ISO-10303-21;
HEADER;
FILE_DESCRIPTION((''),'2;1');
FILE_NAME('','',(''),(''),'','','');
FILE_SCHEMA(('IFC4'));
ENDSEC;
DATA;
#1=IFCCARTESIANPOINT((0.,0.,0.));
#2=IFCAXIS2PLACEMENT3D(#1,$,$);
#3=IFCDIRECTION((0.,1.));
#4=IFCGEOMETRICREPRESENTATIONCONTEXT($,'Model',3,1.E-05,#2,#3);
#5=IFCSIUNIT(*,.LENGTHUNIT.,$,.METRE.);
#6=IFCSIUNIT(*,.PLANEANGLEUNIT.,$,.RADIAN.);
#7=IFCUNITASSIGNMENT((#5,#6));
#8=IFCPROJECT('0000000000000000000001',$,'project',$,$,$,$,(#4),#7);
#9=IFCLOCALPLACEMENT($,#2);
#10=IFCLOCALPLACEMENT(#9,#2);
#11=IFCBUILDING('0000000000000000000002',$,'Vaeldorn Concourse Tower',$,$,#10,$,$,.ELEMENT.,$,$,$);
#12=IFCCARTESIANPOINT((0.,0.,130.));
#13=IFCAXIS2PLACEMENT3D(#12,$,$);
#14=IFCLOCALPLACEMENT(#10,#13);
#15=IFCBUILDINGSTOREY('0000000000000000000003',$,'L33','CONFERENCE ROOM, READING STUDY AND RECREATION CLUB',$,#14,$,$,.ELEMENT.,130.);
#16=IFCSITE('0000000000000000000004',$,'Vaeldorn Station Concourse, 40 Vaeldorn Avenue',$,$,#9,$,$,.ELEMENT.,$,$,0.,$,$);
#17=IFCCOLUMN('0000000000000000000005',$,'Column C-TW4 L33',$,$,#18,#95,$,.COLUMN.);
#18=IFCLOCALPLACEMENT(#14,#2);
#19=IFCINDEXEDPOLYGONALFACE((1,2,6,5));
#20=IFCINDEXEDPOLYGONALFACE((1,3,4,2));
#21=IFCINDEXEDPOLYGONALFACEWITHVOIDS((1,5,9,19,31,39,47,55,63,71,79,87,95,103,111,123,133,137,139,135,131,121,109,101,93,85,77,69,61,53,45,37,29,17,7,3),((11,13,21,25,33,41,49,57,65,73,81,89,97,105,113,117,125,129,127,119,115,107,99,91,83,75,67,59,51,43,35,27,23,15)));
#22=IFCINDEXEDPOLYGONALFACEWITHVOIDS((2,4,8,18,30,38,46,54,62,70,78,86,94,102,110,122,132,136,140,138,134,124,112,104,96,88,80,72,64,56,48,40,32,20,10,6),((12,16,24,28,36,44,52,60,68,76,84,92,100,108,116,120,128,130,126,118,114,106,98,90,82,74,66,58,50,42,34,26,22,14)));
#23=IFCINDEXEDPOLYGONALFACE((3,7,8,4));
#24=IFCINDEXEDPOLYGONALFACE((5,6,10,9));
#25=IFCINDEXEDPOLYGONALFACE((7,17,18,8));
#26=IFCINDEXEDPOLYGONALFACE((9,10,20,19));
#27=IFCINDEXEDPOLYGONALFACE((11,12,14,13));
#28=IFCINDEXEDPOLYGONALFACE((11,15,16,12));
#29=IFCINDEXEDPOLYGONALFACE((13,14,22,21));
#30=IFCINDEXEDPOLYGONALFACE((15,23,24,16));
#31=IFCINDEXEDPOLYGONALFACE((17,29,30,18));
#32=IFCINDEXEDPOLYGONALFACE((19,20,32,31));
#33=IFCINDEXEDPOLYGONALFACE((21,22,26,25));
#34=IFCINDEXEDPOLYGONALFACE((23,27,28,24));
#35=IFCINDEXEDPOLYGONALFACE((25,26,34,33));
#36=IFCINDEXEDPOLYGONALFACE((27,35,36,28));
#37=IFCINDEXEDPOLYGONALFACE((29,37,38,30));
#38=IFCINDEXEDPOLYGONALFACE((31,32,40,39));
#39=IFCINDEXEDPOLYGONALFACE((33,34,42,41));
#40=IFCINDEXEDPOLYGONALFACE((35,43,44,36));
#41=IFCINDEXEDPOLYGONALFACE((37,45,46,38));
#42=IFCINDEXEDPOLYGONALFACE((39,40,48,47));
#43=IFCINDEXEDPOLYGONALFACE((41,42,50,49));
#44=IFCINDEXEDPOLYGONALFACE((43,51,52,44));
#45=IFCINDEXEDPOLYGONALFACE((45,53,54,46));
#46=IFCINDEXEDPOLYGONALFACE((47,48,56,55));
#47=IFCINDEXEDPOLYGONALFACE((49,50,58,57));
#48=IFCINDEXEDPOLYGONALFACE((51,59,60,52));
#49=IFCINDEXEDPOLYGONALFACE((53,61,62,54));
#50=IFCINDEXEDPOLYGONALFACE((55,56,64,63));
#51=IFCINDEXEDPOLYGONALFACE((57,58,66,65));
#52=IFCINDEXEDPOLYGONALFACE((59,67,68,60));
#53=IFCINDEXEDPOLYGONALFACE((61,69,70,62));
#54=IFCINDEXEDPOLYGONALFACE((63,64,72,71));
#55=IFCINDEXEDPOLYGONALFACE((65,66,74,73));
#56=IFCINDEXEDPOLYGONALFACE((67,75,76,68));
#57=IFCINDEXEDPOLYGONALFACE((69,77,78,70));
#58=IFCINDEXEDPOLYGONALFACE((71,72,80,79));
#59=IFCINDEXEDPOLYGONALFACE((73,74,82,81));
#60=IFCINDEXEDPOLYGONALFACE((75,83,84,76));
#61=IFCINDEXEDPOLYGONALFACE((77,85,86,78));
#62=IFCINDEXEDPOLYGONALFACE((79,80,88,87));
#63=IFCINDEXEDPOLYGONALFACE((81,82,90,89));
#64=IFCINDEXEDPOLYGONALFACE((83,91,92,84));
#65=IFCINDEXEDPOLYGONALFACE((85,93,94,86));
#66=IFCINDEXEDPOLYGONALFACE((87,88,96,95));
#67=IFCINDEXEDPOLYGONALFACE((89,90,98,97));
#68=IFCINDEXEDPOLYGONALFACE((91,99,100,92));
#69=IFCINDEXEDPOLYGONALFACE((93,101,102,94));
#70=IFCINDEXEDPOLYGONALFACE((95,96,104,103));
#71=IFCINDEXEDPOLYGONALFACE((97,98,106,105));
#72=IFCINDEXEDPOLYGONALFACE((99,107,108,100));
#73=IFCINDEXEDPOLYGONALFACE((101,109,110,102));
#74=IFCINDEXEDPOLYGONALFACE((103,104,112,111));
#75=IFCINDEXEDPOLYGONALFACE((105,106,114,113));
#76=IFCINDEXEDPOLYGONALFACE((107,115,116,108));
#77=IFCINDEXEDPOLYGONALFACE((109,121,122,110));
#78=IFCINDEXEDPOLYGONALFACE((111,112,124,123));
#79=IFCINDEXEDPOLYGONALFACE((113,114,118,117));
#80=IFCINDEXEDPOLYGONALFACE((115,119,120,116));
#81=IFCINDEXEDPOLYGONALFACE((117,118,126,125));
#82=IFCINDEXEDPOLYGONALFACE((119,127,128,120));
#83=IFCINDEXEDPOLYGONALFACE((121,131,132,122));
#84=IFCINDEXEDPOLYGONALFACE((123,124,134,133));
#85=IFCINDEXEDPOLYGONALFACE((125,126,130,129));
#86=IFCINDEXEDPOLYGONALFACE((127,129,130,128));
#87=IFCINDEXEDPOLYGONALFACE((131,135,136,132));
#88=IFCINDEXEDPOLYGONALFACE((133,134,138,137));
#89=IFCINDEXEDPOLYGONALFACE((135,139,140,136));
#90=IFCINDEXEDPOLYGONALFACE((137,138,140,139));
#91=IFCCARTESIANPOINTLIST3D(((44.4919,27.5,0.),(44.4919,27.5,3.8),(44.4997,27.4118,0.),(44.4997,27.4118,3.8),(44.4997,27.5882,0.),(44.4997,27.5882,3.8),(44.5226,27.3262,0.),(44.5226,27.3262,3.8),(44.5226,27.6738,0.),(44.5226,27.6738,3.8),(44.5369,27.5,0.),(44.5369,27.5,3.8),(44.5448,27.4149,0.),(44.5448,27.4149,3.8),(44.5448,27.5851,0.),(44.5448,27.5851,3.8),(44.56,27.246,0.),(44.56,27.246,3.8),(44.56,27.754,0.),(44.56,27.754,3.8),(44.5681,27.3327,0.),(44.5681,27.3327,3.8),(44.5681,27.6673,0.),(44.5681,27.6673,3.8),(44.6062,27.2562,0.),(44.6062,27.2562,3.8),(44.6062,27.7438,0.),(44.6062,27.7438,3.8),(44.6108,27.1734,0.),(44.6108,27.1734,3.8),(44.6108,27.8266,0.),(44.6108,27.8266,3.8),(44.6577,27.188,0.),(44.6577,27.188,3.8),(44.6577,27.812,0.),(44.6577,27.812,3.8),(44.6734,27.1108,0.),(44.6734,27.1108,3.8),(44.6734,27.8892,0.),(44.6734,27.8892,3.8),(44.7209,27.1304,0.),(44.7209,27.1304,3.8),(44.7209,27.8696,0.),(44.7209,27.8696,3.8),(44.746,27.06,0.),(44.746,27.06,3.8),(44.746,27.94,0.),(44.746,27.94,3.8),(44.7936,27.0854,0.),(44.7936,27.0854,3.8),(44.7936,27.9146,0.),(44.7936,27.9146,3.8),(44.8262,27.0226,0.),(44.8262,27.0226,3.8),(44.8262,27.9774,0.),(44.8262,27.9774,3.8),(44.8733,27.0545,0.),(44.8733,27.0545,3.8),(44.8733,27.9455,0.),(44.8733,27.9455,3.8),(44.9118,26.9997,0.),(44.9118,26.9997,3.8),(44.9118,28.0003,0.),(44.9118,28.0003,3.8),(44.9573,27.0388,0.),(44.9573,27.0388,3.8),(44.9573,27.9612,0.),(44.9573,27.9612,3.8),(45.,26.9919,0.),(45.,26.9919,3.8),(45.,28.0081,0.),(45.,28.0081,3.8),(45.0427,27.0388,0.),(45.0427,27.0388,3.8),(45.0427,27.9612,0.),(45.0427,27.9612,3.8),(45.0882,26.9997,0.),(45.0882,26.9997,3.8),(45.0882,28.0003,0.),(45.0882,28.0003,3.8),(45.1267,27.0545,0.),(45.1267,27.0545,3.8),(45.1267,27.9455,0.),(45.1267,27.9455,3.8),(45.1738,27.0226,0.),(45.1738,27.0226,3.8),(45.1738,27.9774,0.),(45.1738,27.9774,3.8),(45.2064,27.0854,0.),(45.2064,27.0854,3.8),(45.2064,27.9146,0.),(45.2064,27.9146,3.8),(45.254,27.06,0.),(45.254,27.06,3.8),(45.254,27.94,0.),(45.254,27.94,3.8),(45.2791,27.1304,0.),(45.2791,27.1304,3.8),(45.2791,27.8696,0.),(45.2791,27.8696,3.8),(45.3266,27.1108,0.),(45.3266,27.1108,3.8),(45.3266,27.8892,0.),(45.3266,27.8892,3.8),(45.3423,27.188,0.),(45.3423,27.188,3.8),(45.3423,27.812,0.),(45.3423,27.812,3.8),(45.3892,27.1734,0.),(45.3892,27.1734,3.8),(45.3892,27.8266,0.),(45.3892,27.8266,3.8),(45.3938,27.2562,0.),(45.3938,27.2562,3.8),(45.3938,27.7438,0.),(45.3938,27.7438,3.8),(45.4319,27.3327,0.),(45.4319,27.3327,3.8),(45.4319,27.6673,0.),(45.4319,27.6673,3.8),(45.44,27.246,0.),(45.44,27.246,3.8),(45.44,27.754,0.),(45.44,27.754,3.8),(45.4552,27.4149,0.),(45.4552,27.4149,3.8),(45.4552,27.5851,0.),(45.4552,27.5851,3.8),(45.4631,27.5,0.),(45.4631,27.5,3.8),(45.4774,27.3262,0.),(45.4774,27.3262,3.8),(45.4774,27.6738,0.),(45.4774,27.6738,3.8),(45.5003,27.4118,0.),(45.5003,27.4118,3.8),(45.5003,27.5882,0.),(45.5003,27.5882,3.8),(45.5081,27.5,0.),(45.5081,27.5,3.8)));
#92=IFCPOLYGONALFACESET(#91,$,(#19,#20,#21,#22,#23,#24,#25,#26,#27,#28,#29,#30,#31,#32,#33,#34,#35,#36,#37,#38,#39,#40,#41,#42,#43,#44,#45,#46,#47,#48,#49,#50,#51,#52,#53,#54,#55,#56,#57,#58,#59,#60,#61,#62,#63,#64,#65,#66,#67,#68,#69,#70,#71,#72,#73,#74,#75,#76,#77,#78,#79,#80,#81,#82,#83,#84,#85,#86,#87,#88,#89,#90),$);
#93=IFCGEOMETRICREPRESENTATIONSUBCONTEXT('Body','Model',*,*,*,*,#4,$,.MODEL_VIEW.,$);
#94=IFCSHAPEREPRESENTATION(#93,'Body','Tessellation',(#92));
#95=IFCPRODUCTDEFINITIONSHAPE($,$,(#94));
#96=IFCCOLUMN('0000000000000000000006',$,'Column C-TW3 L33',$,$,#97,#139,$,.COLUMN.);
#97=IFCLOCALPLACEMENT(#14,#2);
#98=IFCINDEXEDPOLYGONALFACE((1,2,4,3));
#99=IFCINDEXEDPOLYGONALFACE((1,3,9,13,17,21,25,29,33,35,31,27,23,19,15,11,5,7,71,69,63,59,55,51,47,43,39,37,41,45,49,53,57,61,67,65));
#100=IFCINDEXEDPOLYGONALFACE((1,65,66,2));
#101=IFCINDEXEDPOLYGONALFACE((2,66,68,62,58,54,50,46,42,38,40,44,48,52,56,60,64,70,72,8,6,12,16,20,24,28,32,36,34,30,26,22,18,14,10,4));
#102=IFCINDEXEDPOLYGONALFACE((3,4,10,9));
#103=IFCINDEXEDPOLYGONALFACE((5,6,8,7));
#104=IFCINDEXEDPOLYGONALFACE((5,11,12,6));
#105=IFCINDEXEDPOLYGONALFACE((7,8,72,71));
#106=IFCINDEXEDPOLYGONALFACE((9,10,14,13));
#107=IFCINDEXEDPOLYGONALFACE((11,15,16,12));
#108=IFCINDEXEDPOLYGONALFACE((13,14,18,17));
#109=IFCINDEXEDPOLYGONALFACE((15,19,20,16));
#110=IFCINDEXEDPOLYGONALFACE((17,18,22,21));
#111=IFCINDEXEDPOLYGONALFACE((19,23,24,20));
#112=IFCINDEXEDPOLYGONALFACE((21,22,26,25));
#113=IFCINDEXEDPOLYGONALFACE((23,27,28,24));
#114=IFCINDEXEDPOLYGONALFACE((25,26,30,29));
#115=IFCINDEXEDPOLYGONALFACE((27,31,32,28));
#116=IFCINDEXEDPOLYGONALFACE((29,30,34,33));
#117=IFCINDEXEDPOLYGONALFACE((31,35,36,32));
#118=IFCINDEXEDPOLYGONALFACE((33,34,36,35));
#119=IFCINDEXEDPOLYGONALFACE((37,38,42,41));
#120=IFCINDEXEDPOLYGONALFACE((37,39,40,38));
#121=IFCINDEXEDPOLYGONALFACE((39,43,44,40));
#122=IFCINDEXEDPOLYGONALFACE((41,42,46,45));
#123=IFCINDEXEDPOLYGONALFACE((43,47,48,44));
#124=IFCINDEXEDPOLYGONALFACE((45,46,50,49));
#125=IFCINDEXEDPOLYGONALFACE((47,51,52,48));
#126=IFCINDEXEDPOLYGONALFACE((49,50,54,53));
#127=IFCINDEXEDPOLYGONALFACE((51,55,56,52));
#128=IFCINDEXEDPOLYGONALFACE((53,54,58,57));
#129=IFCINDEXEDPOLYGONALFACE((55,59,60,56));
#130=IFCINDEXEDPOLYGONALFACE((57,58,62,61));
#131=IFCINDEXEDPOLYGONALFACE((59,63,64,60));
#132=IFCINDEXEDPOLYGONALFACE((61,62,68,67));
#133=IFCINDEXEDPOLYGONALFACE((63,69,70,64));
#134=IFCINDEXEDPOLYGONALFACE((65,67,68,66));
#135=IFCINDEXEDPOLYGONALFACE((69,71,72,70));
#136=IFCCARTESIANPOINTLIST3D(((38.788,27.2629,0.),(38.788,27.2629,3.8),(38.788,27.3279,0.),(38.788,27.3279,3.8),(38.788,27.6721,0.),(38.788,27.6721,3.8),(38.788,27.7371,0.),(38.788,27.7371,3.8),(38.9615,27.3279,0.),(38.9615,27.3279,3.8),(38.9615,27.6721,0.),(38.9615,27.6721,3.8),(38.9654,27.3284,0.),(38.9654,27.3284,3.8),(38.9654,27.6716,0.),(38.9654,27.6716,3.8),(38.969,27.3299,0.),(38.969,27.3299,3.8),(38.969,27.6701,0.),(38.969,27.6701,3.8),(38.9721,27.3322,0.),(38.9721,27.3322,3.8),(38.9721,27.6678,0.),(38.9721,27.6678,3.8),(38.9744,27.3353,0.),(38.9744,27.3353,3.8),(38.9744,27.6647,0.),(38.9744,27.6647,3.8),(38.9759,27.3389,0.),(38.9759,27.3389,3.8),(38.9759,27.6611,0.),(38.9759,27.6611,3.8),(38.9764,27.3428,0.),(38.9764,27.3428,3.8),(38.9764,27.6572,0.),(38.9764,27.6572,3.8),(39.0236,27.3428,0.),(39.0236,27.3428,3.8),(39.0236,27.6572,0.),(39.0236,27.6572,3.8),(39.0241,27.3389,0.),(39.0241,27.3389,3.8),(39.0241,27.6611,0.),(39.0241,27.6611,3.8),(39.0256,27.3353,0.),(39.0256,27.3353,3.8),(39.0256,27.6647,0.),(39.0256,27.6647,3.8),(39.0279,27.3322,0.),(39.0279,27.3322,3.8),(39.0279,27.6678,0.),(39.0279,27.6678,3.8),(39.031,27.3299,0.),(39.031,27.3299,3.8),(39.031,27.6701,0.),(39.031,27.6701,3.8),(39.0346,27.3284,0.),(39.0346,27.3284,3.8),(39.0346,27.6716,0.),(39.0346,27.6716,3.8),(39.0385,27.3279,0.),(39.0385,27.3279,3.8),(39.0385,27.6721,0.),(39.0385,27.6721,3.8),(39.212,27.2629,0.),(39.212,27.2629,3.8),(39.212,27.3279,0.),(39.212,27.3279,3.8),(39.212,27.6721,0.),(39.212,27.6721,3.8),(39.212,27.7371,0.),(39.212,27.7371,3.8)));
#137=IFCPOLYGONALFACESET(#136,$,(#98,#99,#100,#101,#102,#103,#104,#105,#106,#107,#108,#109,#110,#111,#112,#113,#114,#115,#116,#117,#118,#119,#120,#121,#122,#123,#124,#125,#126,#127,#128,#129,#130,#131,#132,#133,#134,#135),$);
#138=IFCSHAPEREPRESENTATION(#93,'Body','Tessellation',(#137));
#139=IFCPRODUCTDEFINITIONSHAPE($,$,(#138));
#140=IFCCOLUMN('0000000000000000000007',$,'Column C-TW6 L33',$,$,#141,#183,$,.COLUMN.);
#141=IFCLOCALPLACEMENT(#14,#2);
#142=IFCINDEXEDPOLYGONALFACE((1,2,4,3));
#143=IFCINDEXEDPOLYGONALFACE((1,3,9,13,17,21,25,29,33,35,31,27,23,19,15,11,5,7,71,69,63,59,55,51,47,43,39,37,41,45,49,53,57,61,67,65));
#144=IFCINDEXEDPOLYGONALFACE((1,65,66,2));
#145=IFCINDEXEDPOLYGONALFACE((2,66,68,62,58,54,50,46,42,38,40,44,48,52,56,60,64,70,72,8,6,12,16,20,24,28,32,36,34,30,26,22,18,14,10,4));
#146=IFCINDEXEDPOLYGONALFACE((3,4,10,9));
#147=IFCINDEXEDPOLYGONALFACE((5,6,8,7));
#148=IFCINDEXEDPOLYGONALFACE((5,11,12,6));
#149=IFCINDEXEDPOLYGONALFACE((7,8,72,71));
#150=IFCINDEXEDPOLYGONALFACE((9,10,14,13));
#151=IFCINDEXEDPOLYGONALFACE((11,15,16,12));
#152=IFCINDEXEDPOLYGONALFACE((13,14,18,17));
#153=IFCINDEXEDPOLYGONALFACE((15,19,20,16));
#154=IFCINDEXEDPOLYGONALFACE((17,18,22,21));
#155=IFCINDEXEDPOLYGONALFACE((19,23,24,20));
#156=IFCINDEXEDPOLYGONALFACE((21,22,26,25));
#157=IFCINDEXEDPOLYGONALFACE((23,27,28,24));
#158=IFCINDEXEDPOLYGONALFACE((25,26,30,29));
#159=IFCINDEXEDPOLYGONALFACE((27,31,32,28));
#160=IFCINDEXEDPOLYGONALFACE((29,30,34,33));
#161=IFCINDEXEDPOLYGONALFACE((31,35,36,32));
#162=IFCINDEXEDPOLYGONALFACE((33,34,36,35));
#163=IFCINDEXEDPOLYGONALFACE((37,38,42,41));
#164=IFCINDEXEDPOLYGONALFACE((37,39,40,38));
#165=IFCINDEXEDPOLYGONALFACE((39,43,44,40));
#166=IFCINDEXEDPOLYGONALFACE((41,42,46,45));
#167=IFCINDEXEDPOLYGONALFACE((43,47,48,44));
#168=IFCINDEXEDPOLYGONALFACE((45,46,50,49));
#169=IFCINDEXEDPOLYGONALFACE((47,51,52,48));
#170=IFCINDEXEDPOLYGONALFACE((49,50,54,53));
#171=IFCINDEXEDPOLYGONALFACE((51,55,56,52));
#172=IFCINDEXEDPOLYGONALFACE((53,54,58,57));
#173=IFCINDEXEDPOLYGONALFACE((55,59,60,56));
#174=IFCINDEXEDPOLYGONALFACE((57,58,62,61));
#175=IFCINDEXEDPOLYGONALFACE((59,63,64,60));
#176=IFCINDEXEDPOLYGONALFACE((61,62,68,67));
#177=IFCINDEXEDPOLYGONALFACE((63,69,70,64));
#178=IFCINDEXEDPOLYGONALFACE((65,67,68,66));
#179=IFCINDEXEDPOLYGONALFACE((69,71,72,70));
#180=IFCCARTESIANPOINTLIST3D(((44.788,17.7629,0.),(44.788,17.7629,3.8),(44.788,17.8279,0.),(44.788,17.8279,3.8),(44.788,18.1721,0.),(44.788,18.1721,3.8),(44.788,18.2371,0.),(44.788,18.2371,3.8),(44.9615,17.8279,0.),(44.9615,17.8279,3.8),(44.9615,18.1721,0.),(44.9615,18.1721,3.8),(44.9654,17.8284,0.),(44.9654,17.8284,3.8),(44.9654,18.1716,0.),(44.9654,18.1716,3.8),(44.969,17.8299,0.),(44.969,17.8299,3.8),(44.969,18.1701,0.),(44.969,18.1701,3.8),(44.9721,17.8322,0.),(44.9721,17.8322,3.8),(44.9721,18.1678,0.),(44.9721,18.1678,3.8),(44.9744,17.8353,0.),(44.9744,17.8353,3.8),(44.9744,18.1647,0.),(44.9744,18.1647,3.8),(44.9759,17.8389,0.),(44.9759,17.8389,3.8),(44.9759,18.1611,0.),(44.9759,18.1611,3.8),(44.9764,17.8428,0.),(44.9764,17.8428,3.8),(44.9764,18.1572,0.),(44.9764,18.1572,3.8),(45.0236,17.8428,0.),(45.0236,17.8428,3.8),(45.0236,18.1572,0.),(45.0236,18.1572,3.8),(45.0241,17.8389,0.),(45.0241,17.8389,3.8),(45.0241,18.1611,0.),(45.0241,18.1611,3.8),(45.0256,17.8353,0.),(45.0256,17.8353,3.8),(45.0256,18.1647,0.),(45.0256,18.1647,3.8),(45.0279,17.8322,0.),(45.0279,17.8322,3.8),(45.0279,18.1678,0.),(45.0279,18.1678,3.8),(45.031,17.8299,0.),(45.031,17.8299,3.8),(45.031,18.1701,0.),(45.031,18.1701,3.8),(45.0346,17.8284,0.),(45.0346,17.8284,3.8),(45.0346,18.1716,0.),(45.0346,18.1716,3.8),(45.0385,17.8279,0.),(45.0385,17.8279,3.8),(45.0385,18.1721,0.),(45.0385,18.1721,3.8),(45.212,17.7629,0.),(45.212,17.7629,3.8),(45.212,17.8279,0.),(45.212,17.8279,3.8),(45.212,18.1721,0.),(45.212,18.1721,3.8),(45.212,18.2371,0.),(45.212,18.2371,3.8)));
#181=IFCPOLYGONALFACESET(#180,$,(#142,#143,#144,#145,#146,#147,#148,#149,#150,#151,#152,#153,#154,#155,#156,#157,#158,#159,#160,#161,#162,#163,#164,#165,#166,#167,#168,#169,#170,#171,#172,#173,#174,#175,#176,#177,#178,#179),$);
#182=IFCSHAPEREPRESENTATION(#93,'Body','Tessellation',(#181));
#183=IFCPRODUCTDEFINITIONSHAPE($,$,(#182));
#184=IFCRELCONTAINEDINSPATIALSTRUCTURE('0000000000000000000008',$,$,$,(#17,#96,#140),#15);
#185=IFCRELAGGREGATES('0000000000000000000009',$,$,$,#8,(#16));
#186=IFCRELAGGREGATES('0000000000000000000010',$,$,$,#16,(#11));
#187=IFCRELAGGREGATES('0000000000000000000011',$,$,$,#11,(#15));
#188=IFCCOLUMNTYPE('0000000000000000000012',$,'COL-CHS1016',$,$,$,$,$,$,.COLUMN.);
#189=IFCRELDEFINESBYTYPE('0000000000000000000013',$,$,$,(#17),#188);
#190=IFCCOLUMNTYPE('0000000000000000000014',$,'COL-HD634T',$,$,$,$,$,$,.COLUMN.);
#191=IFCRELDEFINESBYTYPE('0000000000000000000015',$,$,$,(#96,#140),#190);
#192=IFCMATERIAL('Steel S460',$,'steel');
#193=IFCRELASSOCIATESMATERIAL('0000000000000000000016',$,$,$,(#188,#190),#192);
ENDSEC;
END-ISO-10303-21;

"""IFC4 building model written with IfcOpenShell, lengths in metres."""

from ifc_helpers import new_model, si_unit, direction, frame, origin, origin_2d, place, context, subcontext, project, spatial, hollow_circle, i_section, extrude, source, transform, mapped, material, material_profile, profile_set, type_object, element, save


model = new_model("IFC4")

# Units and contexts
model_context = context("Model", 3, precision=1e-05, world=origin(), true_north=direction((0.0, 1.0)))
body_context = subcontext(model_context, "Body", "Model", "MODEL_VIEW")
ifc_project = project(units=[si_unit("LENGTHUNIT", "METRE"), si_unit("PLANEANGLEUNIT", "RADIAN")], contexts=[model_context])

# Site, building, storey
site_placement = place(None, origin())
site = spatial("IfcSite", under=ifc_project, at=site_placement, Name="Vaeldorn Station Concourse, 40 Vaeldorn Avenue", CompositionType="ELEMENT", RefElevation=0.0)
building_placement = place(site_placement, origin())
building = spatial("IfcBuilding", under=site, at=building_placement, Name="Vaeldorn Concourse Tower", CompositionType="ELEMENT")
storey_placement = place(building_placement, frame((0.0, 0.0, 130.0)))
storey = spatial("IfcBuildingStorey", under=building, at=storey_placement, Name="L33", Description="CONFERENCE ROOM, READING STUDY AND RECREATION CLUB", CompositionType="ELEMENT", Elevation=130.0)

# Columns
ifc_material_1 = material(Name="Steel S460", Category="steel")
ifc_material_profile_1 = material_profile(ifc_material_1, hollow_circle(Radius=0.5081, WallThickness=0.0449, at=origin_2d()), Name="CHS 1016x45")
ifc_profile_set_1 = profile_set([ifc_material_profile_1], Name="Steel S460")
column_type_1 = type_object("IfcColumnType", Name="COL-CHS1016", PredefinedType="COLUMN", material=ifc_profile_set_1)
shared_shape_1 = source(origin(), body_context, "Body", "SweptSolid", [
    extrude(hollow_circle(Radius=0.5081, WallThickness=0.0449, at=origin_2d()), origin(), (0.0, 0.0, 1.0), 3.8),
])
column_placement = place(storey_placement, frame((45.0, 27.5, 0.0), z_axis=(0.0, 0.0, 1.0), x_axis=(1.0, 0.0, 0.0)))
element("IfcColumn", 1, at=column_placement, inside=storey, type_object=column_type_1, Name="Column C-TW4 L33", PredefinedType="COLUMN", context=body_context, shape_type="MappedRepresentation", body=[
    mapped(shared_shape_1, transform((0.0, 0.0, 0.0), scale=1.0)),
])
ifc_material_profile_2 = material_profile(ifc_material_1, i_section(OverallWidth=0.4241, OverallDepth=0.4741, WebThickness=0.0471, FlangeThickness=0.0649, FilletRadius=0.0149, at=origin_2d()), Name="HD 400x634")
ifc_profile_set_2 = profile_set([ifc_material_profile_2], Name="Steel S460")
column_type_2 = type_object("IfcColumnType", Name="COL-HD634T", PredefinedType="COLUMN", material=ifc_profile_set_2)
shared_shape_2 = source(origin(), body_context, "Body", "SweptSolid", [
    extrude(i_section(OverallWidth=0.4241, OverallDepth=0.4741, WebThickness=0.0471, FlangeThickness=0.0649, FilletRadius=0.0149, at=origin_2d()), origin(), (0.0, 0.0, 1.0), 3.8),
])
for number, where, z_axis, x_axis, name in (
    (2, (39.0, 27.5, 0.0), (0.0, 0.0, 1.0), (1.0, 0.0, 0.0), "Column C-TW3 L33"),
    (3, (45.0, 18.0, 0.0), (0.0, 0.0, 1.0), (1.0, 0.0, 0.0), "Column C-TW6 L33"),
):
    element("IfcColumn", number, at=place(storey_placement, frame(where, z_axis=z_axis, x_axis=x_axis)), inside=storey, type_object=column_type_2, Name=name, PredefinedType="COLUMN", context=body_context, shape_type="MappedRepresentation", body=[
        mapped(shared_shape_2, transform((0.0, 0.0, 0.0), scale=1.0)),
    ])

save(model, "model.ifc")
